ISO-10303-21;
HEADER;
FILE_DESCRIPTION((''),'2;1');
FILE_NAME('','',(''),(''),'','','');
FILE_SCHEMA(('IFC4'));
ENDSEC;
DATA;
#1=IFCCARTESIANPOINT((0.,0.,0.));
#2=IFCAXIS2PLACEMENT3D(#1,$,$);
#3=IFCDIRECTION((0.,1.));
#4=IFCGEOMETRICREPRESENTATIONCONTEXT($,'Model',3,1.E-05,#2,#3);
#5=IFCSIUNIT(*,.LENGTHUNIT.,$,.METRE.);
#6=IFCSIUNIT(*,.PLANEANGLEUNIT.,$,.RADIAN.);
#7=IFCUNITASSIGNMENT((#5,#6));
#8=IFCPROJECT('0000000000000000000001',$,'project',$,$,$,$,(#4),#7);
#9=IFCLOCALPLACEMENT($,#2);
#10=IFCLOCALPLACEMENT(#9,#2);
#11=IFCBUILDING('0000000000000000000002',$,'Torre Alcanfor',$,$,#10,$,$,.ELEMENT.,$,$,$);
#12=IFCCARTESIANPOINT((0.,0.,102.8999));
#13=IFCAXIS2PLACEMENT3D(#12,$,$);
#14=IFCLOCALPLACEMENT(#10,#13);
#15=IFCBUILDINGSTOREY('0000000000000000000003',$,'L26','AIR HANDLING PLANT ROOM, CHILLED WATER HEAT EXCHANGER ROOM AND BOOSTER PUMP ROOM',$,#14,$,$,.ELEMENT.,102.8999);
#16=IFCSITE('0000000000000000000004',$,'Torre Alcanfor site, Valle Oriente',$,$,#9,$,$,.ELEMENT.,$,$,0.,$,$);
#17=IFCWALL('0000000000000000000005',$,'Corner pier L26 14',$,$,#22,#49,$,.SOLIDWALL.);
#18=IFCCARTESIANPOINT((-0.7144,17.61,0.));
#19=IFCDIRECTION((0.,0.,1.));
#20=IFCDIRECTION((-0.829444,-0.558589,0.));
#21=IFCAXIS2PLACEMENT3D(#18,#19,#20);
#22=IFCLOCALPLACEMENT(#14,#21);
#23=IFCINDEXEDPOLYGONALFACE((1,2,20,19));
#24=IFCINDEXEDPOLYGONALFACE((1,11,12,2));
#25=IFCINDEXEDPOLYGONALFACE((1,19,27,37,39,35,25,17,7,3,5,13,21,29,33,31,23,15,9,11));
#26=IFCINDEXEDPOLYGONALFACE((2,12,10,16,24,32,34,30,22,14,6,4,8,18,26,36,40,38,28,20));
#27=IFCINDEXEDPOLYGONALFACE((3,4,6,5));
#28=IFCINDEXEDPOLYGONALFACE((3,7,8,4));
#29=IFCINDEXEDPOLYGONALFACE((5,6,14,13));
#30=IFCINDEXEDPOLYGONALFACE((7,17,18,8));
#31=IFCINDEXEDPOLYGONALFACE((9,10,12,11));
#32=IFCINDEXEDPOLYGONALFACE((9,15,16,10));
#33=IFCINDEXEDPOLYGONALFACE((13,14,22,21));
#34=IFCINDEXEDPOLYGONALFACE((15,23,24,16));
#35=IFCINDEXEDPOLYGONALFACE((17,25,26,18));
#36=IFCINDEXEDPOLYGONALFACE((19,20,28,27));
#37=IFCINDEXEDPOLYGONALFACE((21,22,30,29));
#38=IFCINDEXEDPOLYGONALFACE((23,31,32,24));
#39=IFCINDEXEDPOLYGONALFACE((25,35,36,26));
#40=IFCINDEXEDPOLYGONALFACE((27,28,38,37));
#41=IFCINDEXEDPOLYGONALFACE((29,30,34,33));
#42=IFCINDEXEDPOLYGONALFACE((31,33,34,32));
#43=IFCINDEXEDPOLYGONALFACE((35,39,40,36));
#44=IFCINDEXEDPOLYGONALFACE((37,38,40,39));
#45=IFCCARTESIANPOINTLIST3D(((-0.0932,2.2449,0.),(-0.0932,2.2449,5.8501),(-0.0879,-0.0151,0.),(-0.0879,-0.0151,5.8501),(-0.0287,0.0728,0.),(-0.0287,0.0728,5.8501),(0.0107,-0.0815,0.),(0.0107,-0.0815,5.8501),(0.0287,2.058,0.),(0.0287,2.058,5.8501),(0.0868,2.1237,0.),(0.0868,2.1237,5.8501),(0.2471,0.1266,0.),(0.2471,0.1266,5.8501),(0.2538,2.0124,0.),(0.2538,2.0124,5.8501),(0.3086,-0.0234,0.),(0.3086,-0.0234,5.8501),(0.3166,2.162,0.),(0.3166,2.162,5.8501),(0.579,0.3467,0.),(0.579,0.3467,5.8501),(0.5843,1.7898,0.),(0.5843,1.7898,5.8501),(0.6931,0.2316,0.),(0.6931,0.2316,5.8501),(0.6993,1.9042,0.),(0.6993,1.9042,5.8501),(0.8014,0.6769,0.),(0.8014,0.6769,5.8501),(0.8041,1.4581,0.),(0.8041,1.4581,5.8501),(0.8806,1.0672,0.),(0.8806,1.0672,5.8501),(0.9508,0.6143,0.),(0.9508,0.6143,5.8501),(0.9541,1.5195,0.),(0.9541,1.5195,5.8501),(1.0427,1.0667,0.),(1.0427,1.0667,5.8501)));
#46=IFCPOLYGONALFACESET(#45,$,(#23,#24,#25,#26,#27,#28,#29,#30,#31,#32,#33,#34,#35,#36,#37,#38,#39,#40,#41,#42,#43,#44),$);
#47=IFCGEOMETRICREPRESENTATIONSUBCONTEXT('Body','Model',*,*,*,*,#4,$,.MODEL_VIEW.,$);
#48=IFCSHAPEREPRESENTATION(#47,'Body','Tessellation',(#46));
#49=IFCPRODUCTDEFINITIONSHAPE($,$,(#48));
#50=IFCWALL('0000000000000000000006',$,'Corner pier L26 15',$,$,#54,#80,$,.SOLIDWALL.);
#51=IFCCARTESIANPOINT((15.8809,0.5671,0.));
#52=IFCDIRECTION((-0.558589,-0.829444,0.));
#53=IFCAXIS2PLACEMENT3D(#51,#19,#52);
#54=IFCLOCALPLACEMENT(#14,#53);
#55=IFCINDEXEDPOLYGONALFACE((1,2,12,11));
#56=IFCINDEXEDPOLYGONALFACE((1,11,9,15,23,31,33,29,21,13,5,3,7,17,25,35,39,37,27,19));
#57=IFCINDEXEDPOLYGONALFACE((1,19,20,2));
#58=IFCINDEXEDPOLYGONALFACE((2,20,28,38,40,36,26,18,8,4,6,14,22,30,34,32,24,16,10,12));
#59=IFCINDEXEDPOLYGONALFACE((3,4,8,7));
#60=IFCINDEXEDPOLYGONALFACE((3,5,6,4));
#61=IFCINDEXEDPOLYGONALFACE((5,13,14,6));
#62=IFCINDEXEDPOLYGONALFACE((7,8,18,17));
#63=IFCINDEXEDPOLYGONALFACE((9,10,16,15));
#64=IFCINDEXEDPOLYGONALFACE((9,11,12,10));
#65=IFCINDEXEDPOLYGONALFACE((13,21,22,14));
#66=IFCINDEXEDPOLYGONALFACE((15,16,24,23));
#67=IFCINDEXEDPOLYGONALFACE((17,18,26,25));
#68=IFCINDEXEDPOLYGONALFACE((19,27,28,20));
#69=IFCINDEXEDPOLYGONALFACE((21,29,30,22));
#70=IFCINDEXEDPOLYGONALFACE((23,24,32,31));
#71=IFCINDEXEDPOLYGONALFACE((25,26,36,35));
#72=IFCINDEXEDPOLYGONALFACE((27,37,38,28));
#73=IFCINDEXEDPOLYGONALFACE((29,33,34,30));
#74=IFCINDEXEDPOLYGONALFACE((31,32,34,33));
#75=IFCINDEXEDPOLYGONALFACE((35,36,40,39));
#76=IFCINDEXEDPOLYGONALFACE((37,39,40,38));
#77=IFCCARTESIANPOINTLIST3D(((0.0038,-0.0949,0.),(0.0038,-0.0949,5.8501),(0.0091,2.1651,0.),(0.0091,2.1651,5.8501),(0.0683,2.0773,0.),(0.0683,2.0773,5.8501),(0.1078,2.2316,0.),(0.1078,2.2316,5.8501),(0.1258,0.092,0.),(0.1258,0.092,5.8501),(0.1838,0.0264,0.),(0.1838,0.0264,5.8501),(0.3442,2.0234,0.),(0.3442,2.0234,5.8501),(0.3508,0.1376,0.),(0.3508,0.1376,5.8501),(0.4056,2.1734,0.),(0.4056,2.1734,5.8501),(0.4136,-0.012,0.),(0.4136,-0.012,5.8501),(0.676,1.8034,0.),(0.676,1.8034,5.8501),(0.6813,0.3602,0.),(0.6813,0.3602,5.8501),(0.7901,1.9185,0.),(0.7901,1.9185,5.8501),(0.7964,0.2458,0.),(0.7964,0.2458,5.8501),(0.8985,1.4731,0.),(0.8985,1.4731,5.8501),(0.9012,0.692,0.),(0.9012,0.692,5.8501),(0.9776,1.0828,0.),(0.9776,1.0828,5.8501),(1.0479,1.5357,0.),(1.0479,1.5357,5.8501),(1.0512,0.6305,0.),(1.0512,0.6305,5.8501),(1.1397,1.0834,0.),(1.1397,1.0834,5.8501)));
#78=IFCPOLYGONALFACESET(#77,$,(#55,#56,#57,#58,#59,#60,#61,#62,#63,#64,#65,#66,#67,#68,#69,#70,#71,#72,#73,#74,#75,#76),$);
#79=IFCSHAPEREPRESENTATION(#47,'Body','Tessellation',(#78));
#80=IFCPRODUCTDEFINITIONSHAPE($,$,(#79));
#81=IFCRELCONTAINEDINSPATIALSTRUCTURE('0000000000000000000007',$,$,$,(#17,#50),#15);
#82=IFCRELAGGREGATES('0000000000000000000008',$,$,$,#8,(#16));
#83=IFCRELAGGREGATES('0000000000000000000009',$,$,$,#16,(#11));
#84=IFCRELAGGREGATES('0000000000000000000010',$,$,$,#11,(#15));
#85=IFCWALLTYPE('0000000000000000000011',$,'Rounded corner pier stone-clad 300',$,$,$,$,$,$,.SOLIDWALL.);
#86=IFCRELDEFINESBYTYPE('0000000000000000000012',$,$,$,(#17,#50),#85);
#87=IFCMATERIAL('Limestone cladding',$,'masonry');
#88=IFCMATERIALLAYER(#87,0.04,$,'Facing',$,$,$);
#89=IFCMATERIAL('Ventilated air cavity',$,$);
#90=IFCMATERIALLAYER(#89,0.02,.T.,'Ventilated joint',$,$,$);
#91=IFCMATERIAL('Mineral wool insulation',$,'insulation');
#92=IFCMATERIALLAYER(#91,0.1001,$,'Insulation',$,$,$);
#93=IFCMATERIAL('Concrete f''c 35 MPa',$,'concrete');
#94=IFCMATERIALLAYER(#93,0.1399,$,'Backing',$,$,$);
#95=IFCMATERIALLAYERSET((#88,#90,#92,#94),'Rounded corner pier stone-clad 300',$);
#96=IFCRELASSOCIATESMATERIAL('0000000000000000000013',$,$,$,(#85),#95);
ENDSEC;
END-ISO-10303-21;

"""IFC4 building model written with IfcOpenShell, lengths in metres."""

from ifc_helpers import new_model, si_unit, direction, frame, origin, place, context, subcontext, project, spatial, polyline, outline, extrude, material, layer, layer_set, type_object, element, save


model = new_model("IFC4")

# Units and contexts
model_context = context("Model", 3, precision=1e-05, world=origin(), true_north=direction((0.0, 1.0)))
body_context = subcontext(model_context, "Body", "Model", "MODEL_VIEW")
ifc_project = project(units=[si_unit("LENGTHUNIT", "METRE"), si_unit("PLANEANGLEUNIT", "RADIAN")], contexts=[model_context])

# Site, building, storey
site_placement = place(None, origin())
site = spatial("IfcSite", under=ifc_project, at=site_placement, Name="Torre Alcanfor site, Valle Oriente", CompositionType="ELEMENT", RefElevation=0.0)
building_placement = place(site_placement, origin())
building = spatial("IfcBuilding", under=site, at=building_placement, Name="Torre Alcanfor", CompositionType="ELEMENT")
storey_placement = place(building_placement, frame((0.0, 0.0, 102.8999)))
storey = spatial("IfcBuildingStorey", under=building, at=storey_placement, Name="L26", Description="AIR HANDLING PLANT ROOM, CHILLED WATER HEAT EXCHANGER ROOM AND BOOSTER PUMP ROOM", CompositionType="ELEMENT", Elevation=102.8999)

# Walls
ifc_material_1 = material(Name="Limestone cladding", Category="masonry")
ifc_material_2 = material(Name="Ventilated air cavity")
ifc_material_3 = material(Name="Mineral wool insulation", Category="insulation")
ifc_material_4 = material(Name="Concrete f'c 35 MPa", Category="concrete")
ifc_layer_1 = layer(ifc_material_1, 0.04, Name="Facing")
ifc_layer_2 = layer(ifc_material_2, 0.02, ventilated=True, Name="Ventilated joint")
ifc_layer_3 = layer(ifc_material_3, 0.1001, Name="Insulation")
ifc_layer_4 = layer(ifc_material_4, 0.1399, Name="Backing")
ifc_layer_set_1 = layer_set([ifc_layer_1, ifc_layer_2, ifc_layer_3, ifc_layer_4], Name="Rounded corner pier stone-clad 300")
wall_type_1 = type_object("IfcWallType", Name="Rounded corner pier stone-clad 300", PredefinedType="SOLIDWALL", material=ifc_layer_set_1)
wall_1_placement = place(storey_placement, frame((-0.7144, 17.61, 0.0), z_axis=(0.0, 0.0, 1.0), x_axis=(-0.829444, -0.558589, 0.0)))
element("IfcWall", 1, at=wall_1_placement, inside=storey, type_object=wall_type_1, Name="Corner pier L26 14", PredefinedType="SOLIDWALL", context=body_context, shape_type="SweptSolid", body=[
    extrude(outline(polyline([(0.0868, 2.1237), (0.0287, 2.058), (0.2538, 2.0124), (0.5843, 1.7898), (0.8041, 1.4581), (0.8806, 1.0672), (0.8014, 0.6769), (0.579, 0.3467), (0.2471, 0.1266), (-0.0287, 0.0728), (-0.0879, -0.0151), (0.0107, -0.0815), (0.3086, -0.0234), (0.6931, 0.2316), (0.9508, 0.6143), (1.0427, 1.0667), (0.9541, 1.5195), (0.6993, 1.9042), (0.3166, 2.162), (-0.0932, 2.2449), (0.0868, 2.1237)])), origin(), (0.0, 0.0, 1.0), 5.8501),
])
wall_2_placement = place(storey_placement, frame((15.8809, 0.5671, 0.0), z_axis=(0.0, 0.0, 1.0), x_axis=(-0.558589, -0.829444, 0.0)))
element("IfcWall", 2, at=wall_2_placement, inside=storey, type_object=wall_type_1, Name="Corner pier L26 15", PredefinedType="SOLIDWALL", context=body_context, shape_type="SweptSolid", body=[
    extrude(outline(polyline([(0.0683, 2.0773), (0.3442, 2.0234), (0.676, 1.8034), (0.8985, 1.4731), (0.9776, 1.0828), (0.9012, 0.692), (0.6813, 0.3602), (0.3508, 0.1376), (0.1258, 0.092), (0.1838, 0.0264), (0.0038, -0.0949), (0.4136, -0.012), (0.7964, 0.2458), (1.0512, 0.6305), (1.1397, 1.0834), (1.0479, 1.5357), (0.7901, 1.9185), (0.4056, 2.1734), (0.1078, 2.2316), (0.0091, 2.1651), (0.0683, 2.0773)])), origin(), (0.0, 0.0, 1.0), 5.8501),
])

save(model, "model.ifc")
